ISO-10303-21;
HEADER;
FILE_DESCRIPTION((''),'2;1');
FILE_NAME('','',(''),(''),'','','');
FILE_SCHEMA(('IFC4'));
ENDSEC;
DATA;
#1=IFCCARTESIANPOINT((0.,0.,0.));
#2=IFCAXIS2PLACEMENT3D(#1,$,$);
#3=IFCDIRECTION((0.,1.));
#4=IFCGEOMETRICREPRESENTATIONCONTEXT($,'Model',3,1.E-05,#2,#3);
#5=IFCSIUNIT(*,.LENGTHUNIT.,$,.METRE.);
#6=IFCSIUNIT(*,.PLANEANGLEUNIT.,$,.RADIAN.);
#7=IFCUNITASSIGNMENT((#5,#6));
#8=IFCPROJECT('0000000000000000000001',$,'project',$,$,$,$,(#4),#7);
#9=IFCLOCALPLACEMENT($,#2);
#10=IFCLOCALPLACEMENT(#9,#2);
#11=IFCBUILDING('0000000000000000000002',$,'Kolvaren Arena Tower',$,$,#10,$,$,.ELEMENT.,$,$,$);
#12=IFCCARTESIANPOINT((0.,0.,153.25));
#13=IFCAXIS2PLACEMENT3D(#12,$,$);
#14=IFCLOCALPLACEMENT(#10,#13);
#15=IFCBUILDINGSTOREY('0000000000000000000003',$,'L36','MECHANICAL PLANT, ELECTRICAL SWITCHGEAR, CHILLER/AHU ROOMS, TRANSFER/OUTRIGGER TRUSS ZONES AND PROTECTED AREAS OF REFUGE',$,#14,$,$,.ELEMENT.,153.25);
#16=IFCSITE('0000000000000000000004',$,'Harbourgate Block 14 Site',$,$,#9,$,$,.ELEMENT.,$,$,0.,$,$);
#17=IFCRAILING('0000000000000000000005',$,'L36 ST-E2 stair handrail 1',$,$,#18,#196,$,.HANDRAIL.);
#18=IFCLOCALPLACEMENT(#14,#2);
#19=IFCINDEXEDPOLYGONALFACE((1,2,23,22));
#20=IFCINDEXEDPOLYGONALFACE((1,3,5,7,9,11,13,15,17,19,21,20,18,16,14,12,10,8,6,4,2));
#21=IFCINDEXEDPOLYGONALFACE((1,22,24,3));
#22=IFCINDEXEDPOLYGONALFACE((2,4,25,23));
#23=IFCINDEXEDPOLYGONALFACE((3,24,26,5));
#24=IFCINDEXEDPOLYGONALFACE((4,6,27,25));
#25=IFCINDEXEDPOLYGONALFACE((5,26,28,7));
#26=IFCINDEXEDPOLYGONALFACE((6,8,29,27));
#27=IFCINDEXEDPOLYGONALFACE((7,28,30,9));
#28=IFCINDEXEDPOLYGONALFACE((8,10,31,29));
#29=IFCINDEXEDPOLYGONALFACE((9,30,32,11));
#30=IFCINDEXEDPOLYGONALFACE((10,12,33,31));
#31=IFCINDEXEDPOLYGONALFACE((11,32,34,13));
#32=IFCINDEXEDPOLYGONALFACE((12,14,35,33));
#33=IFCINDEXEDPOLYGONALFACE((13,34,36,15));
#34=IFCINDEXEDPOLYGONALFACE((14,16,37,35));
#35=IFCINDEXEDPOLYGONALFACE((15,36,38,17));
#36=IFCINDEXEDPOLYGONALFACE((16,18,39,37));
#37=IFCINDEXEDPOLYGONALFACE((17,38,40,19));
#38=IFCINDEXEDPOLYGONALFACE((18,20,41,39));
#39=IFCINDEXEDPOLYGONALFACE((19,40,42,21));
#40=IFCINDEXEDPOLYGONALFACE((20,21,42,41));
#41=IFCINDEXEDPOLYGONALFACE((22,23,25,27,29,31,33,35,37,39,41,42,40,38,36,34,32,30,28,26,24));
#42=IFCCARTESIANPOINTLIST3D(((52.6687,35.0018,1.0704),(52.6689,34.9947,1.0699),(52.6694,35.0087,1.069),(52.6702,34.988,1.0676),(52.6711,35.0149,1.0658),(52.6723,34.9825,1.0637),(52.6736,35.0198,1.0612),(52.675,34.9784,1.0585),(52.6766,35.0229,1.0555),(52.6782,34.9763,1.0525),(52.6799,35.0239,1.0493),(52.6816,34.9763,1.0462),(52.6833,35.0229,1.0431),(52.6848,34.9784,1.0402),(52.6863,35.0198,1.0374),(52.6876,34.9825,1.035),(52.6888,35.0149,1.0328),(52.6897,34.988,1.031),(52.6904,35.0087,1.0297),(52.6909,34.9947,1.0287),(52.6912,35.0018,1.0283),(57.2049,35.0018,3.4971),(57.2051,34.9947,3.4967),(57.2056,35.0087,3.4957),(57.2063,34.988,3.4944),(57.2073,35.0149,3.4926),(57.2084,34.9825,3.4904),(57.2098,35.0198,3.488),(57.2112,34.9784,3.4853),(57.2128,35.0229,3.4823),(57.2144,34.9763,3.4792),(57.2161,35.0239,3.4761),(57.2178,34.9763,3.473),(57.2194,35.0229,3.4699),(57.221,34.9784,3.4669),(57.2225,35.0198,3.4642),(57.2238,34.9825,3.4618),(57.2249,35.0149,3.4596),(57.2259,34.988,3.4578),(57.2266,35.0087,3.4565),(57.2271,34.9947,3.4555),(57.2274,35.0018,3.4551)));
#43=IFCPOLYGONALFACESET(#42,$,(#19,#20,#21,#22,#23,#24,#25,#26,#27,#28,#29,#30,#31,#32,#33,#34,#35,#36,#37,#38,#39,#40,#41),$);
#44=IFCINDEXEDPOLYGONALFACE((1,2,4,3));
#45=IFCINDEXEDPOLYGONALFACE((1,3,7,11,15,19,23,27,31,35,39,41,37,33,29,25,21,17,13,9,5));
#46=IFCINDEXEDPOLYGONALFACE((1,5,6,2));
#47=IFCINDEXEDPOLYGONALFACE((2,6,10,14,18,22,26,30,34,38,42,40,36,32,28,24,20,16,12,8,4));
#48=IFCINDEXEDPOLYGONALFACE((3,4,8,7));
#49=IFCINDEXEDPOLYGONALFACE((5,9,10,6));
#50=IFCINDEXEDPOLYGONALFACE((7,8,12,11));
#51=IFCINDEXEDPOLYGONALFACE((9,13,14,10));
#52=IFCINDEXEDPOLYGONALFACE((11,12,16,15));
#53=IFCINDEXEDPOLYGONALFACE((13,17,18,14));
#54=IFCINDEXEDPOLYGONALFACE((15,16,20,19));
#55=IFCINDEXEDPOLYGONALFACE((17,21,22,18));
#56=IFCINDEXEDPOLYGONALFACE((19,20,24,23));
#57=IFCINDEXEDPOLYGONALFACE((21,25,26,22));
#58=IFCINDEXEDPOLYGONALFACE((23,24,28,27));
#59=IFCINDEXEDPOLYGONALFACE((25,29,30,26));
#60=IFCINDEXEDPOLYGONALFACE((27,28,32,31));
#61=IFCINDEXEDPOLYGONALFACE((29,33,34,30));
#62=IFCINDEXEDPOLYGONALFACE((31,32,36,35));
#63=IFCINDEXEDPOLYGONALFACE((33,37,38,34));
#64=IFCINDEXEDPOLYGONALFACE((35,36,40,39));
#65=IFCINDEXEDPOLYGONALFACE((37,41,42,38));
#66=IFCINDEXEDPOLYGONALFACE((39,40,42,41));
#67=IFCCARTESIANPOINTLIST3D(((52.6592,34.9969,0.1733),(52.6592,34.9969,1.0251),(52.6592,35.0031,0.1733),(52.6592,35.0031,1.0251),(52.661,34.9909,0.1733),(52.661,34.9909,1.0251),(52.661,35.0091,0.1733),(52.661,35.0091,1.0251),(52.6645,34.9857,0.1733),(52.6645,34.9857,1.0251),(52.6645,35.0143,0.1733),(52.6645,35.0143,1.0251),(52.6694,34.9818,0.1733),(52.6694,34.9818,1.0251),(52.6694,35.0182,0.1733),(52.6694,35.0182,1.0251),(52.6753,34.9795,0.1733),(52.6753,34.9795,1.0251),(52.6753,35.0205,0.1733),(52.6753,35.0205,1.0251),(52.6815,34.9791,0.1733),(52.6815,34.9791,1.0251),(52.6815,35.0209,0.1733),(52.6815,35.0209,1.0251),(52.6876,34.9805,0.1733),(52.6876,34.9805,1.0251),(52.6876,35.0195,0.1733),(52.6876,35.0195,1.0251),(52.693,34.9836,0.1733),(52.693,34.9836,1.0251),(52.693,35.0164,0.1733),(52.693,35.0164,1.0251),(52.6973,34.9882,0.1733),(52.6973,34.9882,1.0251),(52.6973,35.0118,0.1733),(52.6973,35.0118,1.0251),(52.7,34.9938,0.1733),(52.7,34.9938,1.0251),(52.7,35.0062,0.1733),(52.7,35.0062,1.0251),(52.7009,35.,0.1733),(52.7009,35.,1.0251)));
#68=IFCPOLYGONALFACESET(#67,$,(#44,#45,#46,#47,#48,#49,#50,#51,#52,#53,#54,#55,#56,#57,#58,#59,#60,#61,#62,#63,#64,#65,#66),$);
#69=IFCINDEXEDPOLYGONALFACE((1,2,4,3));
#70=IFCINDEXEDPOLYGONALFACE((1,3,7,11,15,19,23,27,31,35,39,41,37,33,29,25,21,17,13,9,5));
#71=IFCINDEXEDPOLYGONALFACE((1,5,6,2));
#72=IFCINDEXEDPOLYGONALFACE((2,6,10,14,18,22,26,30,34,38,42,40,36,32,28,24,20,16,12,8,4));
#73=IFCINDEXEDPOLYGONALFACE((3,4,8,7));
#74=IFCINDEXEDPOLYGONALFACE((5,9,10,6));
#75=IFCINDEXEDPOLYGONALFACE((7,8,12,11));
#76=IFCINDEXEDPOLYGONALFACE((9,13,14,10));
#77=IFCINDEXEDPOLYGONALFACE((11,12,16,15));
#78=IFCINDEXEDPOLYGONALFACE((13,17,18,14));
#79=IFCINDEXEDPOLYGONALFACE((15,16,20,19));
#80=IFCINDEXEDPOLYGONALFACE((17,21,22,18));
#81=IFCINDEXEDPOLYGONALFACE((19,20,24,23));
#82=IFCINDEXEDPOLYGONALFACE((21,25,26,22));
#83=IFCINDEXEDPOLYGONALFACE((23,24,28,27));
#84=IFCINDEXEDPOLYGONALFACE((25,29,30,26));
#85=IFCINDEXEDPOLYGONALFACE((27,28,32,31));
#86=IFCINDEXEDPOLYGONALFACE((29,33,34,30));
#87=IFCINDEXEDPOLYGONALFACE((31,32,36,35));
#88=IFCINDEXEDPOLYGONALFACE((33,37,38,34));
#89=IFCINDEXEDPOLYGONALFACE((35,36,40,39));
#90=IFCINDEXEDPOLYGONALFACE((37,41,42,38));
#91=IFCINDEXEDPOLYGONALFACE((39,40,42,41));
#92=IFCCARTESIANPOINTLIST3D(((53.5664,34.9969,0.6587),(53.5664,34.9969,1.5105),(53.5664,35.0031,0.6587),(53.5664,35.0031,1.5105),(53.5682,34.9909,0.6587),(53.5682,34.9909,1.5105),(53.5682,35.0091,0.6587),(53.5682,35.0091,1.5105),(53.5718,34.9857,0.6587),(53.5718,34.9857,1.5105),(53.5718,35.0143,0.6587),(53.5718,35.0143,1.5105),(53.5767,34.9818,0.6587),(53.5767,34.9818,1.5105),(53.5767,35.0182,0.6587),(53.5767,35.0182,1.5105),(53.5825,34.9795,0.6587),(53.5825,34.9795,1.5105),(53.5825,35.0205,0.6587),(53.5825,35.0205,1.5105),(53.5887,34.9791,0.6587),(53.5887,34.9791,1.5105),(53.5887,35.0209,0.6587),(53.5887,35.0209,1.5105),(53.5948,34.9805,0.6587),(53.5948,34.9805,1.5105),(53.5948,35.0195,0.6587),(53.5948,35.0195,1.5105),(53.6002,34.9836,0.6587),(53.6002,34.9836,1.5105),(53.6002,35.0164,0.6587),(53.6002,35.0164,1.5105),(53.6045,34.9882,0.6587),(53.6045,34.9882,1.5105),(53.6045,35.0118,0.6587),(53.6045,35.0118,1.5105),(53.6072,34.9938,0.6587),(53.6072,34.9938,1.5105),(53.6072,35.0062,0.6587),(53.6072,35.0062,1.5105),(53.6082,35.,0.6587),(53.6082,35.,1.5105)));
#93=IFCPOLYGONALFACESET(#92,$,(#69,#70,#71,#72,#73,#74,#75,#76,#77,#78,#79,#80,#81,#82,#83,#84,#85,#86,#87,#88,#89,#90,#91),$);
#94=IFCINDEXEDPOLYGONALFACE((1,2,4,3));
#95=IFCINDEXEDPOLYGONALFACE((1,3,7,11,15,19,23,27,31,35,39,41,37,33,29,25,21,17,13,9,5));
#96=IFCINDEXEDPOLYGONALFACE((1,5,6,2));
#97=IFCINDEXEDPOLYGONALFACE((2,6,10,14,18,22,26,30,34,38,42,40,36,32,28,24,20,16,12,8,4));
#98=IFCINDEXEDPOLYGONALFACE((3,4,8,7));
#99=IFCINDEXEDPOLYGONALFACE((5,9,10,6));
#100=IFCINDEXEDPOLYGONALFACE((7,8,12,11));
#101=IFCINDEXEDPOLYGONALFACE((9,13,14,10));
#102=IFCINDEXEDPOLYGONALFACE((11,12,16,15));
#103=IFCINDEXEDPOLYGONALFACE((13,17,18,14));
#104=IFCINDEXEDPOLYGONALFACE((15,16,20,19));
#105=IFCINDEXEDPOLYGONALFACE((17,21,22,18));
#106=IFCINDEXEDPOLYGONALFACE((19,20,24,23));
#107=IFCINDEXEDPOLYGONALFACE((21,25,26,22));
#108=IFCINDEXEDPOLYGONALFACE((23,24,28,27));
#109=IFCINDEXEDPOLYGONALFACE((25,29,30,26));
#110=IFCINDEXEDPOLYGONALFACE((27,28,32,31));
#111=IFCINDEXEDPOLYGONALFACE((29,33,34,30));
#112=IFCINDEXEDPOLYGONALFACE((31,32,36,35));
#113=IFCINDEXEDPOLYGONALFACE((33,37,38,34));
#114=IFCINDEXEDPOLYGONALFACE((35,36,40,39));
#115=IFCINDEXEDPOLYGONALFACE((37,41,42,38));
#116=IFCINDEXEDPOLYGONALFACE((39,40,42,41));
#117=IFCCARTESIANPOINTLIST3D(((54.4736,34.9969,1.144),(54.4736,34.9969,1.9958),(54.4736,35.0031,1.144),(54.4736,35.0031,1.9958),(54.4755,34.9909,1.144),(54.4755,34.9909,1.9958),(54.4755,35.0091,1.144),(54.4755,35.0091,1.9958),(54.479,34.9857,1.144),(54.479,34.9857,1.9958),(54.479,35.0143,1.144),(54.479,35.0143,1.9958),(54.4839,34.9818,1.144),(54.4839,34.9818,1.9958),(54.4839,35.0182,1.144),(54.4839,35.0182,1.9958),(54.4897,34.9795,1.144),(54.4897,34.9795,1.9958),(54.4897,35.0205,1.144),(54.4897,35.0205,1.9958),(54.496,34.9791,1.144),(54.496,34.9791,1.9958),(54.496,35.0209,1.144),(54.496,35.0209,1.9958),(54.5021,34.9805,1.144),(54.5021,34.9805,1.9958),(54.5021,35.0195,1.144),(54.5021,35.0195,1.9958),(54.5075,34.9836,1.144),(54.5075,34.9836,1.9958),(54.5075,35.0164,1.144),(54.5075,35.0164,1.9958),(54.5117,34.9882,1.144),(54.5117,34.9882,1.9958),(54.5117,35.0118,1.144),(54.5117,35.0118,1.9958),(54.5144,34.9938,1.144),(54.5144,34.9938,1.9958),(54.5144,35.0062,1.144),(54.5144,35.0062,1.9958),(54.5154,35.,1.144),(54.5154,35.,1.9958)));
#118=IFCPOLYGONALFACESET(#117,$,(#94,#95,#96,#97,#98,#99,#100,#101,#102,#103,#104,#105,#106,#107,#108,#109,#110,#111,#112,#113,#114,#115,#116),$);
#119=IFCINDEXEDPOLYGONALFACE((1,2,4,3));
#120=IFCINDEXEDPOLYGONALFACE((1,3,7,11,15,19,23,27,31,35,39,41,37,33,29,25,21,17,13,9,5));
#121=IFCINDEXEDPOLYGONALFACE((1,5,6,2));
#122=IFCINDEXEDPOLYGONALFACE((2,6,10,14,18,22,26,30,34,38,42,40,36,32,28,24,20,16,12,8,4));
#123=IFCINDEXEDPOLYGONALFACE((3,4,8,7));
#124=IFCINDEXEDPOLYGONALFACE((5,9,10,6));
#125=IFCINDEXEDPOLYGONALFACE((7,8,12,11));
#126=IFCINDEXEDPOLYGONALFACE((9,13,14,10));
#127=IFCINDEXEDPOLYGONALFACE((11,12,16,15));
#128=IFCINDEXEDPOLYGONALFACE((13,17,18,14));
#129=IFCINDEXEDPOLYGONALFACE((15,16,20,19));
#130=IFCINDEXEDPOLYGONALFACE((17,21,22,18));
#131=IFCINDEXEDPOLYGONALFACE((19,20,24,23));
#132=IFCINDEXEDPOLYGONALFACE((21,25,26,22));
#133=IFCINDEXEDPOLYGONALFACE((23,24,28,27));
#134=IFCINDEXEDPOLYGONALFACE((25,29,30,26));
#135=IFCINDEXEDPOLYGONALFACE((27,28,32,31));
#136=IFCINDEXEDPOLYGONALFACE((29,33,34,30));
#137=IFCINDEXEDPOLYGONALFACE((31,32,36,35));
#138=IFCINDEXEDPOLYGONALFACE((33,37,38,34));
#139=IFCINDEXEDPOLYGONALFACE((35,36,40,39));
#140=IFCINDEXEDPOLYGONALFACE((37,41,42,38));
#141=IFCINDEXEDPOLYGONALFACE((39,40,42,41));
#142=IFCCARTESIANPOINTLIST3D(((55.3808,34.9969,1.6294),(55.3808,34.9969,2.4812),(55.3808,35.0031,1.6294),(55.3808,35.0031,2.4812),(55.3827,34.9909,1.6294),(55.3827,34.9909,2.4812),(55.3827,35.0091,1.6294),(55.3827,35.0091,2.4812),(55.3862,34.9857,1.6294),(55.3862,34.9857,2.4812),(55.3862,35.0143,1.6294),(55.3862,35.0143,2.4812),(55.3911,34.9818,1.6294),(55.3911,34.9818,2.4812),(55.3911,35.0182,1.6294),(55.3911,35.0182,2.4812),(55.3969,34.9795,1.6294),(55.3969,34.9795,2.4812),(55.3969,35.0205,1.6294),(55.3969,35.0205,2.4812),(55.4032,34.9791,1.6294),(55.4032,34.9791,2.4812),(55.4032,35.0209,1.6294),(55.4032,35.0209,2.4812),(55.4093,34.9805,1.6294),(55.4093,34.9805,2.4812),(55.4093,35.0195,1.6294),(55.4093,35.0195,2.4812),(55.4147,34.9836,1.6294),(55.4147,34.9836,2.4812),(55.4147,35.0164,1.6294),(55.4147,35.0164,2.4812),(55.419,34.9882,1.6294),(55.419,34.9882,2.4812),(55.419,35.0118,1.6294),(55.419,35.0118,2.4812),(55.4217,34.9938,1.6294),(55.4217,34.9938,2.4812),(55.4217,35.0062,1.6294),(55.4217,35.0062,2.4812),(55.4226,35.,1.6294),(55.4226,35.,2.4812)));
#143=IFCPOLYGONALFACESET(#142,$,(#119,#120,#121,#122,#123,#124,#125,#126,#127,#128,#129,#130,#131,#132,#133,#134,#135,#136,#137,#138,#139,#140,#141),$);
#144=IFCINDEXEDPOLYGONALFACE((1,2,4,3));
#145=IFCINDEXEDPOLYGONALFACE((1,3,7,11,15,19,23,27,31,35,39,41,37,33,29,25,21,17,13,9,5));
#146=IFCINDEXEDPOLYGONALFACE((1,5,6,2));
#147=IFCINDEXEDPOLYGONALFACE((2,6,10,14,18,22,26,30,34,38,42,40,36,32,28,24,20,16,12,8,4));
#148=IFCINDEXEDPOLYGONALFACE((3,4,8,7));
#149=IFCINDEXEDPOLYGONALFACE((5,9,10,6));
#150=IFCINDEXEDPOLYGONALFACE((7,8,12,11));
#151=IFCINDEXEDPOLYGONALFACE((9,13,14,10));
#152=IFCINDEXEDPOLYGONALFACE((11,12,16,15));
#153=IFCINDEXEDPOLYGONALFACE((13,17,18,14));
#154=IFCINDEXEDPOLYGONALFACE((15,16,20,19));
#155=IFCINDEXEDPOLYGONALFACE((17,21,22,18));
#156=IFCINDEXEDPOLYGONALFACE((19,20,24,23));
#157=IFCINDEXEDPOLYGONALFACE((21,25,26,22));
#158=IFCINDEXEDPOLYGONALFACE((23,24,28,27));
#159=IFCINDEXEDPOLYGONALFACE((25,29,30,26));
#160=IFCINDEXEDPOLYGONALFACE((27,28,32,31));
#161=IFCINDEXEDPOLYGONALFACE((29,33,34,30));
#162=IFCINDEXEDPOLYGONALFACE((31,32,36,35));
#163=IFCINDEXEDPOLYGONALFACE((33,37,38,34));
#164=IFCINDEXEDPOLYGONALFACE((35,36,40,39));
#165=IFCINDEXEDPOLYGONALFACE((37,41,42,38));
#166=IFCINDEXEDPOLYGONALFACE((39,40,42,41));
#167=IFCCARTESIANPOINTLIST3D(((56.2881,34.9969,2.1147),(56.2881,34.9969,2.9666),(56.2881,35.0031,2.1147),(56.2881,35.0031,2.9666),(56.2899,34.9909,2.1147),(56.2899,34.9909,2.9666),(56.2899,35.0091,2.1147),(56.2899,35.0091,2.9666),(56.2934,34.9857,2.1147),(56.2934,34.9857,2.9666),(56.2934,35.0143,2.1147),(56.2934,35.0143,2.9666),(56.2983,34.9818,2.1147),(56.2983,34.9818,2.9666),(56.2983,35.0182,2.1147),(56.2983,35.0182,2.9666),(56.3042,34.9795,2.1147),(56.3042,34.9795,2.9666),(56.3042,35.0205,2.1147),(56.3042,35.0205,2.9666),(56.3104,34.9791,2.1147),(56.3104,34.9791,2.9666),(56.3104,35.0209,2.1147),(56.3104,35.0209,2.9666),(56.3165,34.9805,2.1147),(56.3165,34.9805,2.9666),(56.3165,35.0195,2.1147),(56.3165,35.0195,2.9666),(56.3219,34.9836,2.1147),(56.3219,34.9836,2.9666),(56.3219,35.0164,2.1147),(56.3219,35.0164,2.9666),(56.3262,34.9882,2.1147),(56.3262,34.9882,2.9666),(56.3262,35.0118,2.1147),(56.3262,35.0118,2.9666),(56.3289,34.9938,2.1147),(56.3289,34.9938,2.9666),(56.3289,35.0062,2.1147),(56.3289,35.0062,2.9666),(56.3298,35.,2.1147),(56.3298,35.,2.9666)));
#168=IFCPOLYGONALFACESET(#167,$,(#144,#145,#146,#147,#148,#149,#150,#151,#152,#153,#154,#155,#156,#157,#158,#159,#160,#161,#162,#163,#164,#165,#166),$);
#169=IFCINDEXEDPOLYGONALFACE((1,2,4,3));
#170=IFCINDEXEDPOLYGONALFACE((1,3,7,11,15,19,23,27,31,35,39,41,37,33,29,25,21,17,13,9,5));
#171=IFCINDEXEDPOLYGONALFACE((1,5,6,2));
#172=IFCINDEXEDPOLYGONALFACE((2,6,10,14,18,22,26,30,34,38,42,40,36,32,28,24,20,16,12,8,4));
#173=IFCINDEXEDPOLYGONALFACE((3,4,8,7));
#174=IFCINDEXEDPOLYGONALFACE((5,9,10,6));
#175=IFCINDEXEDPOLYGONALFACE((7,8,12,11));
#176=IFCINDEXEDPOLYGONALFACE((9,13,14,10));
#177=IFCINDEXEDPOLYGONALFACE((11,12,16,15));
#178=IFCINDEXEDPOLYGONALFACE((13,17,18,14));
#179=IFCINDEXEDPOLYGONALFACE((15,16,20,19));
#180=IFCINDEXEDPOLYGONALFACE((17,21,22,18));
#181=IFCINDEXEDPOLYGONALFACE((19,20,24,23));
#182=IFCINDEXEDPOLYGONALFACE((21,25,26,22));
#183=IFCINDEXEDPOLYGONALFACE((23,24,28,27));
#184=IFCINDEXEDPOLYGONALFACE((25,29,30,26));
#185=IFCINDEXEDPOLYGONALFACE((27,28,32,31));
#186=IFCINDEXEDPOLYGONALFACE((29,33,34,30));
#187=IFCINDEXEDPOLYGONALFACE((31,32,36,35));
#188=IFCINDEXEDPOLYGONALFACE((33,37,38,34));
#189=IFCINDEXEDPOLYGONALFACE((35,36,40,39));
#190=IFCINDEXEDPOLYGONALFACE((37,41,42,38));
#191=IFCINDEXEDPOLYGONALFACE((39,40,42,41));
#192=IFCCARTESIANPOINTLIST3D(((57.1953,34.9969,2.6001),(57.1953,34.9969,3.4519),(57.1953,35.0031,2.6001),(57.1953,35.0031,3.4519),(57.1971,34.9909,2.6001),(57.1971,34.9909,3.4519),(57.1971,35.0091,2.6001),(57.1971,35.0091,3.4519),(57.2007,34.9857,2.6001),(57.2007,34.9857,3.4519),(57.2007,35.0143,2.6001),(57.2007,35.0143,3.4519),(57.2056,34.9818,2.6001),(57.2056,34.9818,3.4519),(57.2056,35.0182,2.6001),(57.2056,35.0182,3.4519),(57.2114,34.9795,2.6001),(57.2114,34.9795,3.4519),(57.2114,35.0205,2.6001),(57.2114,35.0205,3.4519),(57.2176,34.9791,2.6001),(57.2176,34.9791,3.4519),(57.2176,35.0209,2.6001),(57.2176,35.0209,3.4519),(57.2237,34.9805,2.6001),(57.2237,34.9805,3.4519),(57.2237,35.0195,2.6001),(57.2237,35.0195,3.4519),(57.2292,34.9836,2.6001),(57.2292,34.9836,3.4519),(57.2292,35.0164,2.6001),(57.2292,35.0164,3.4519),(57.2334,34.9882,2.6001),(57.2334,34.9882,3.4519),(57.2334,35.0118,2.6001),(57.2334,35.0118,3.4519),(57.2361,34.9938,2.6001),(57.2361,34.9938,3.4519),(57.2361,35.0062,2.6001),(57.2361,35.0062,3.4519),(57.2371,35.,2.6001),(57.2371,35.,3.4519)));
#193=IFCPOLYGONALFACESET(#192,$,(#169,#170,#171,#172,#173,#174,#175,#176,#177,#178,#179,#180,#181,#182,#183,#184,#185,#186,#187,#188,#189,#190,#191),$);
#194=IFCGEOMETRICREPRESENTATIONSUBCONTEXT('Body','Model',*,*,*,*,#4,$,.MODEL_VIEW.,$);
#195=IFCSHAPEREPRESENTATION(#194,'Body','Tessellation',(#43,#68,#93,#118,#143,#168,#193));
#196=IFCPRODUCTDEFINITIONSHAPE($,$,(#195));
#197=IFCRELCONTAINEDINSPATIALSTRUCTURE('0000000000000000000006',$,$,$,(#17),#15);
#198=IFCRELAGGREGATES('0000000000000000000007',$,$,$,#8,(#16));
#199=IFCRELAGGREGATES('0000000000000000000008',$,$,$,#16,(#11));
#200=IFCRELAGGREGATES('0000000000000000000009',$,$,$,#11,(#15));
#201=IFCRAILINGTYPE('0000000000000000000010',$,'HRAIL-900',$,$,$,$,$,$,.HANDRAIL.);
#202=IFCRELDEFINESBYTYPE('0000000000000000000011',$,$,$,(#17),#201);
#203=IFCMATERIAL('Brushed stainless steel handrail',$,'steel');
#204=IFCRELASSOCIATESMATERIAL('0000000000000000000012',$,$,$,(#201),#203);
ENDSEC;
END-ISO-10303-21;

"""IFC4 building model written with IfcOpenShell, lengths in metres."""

from ifc_helpers import new_model, si_unit, direction, frame, origin, origin_2d, place, context, subcontext, project, spatial, circle, extrude, material, type_object, element, save


model = new_model("IFC4")

# Units and contexts
model_context = context("Model", 3, precision=1e-05, world=origin(), true_north=direction((0.0, 1.0)))
body_context = subcontext(model_context, "Body", "Model", "MODEL_VIEW")
ifc_project = project(units=[si_unit("LENGTHUNIT", "METRE"), si_unit("PLANEANGLEUNIT", "RADIAN")], contexts=[model_context])

# Site, building, storey
site_placement = place(None, origin())
site = spatial("IfcSite", under=ifc_project, at=site_placement, Name="Harbourgate Block 14 Site", CompositionType="ELEMENT", RefElevation=0.0)
building_placement = place(site_placement, origin())
building = spatial("IfcBuilding", under=site, at=building_placement, Name="Kolvaren Arena Tower", CompositionType="ELEMENT")
storey_placement = place(building_placement, frame((0.0, 0.0, 153.25)))
storey = spatial("IfcBuildingStorey", under=building, at=storey_placement, Name="L36", Description="MECHANICAL PLANT, ELECTRICAL SWITCHGEAR, CHILLER/AHU ROOMS, TRANSFER/OUTRIGGER TRUSS ZONES AND PROTECTED AREAS OF REFUGE", CompositionType="ELEMENT", Elevation=153.25)

# Railing
ifc_material_1 = material(Name="Brushed stainless steel handrail", Category="steel")
railing_type_1 = type_object("IfcRailingType", Name="HRAIL-900", PredefinedType="HANDRAIL", material=ifc_material_1)
for number, where, name in (
    (1, (52.6799, 35.0, 0.1733), "L36 ST-E2 stair handrail 1"),
):
    element("IfcRailing", number, at=place(storey_placement, frame(where)), inside=storey, type_object=railing_type_1, Name=name, PredefinedType="HANDRAIL", context=body_context, shape_type="SweptSolid", body=[
        extrude(circle(Radius=0.0239, at=origin_2d()), frame((0.0, 0.0, 0.876), z_axis=(0.881748, 0.0, 0.471721), x_axis=(0.0, 1.0, 0.0)), (0.0, 0.0, 1.0), 5.1445),
        extrude(circle(Radius=0.021, at=origin_2d()), origin(), (0.0, 0.0, 1.0), 0.8518),
        extrude(circle(Radius=0.021, at=origin_2d()), frame((0.9072, 0.0, 0.4854)), (0.0, 0.0, 1.0), 0.8518),
        extrude(circle(Radius=0.021, at=origin_2d()), frame((1.8145, 0.0, 0.9707)), (0.0, 0.0, 1.0), 0.8518),
        extrude(circle(Radius=0.021, at=origin_2d()), frame((2.7217, 0.0, 1.4561)), (0.0, 0.0, 1.0), 0.8518),
        extrude(circle(Radius=0.021, at=origin_2d()), frame((3.6289, 0.0, 1.9414)), (0.0, 0.0, 1.0), 0.8518),
        extrude(circle(Radius=0.021, at=origin_2d()), frame((4.5361, 0.0, 2.4268)), (0.0, 0.0, 1.0), 0.8518),
    ])

save(model, "model.ifc")
